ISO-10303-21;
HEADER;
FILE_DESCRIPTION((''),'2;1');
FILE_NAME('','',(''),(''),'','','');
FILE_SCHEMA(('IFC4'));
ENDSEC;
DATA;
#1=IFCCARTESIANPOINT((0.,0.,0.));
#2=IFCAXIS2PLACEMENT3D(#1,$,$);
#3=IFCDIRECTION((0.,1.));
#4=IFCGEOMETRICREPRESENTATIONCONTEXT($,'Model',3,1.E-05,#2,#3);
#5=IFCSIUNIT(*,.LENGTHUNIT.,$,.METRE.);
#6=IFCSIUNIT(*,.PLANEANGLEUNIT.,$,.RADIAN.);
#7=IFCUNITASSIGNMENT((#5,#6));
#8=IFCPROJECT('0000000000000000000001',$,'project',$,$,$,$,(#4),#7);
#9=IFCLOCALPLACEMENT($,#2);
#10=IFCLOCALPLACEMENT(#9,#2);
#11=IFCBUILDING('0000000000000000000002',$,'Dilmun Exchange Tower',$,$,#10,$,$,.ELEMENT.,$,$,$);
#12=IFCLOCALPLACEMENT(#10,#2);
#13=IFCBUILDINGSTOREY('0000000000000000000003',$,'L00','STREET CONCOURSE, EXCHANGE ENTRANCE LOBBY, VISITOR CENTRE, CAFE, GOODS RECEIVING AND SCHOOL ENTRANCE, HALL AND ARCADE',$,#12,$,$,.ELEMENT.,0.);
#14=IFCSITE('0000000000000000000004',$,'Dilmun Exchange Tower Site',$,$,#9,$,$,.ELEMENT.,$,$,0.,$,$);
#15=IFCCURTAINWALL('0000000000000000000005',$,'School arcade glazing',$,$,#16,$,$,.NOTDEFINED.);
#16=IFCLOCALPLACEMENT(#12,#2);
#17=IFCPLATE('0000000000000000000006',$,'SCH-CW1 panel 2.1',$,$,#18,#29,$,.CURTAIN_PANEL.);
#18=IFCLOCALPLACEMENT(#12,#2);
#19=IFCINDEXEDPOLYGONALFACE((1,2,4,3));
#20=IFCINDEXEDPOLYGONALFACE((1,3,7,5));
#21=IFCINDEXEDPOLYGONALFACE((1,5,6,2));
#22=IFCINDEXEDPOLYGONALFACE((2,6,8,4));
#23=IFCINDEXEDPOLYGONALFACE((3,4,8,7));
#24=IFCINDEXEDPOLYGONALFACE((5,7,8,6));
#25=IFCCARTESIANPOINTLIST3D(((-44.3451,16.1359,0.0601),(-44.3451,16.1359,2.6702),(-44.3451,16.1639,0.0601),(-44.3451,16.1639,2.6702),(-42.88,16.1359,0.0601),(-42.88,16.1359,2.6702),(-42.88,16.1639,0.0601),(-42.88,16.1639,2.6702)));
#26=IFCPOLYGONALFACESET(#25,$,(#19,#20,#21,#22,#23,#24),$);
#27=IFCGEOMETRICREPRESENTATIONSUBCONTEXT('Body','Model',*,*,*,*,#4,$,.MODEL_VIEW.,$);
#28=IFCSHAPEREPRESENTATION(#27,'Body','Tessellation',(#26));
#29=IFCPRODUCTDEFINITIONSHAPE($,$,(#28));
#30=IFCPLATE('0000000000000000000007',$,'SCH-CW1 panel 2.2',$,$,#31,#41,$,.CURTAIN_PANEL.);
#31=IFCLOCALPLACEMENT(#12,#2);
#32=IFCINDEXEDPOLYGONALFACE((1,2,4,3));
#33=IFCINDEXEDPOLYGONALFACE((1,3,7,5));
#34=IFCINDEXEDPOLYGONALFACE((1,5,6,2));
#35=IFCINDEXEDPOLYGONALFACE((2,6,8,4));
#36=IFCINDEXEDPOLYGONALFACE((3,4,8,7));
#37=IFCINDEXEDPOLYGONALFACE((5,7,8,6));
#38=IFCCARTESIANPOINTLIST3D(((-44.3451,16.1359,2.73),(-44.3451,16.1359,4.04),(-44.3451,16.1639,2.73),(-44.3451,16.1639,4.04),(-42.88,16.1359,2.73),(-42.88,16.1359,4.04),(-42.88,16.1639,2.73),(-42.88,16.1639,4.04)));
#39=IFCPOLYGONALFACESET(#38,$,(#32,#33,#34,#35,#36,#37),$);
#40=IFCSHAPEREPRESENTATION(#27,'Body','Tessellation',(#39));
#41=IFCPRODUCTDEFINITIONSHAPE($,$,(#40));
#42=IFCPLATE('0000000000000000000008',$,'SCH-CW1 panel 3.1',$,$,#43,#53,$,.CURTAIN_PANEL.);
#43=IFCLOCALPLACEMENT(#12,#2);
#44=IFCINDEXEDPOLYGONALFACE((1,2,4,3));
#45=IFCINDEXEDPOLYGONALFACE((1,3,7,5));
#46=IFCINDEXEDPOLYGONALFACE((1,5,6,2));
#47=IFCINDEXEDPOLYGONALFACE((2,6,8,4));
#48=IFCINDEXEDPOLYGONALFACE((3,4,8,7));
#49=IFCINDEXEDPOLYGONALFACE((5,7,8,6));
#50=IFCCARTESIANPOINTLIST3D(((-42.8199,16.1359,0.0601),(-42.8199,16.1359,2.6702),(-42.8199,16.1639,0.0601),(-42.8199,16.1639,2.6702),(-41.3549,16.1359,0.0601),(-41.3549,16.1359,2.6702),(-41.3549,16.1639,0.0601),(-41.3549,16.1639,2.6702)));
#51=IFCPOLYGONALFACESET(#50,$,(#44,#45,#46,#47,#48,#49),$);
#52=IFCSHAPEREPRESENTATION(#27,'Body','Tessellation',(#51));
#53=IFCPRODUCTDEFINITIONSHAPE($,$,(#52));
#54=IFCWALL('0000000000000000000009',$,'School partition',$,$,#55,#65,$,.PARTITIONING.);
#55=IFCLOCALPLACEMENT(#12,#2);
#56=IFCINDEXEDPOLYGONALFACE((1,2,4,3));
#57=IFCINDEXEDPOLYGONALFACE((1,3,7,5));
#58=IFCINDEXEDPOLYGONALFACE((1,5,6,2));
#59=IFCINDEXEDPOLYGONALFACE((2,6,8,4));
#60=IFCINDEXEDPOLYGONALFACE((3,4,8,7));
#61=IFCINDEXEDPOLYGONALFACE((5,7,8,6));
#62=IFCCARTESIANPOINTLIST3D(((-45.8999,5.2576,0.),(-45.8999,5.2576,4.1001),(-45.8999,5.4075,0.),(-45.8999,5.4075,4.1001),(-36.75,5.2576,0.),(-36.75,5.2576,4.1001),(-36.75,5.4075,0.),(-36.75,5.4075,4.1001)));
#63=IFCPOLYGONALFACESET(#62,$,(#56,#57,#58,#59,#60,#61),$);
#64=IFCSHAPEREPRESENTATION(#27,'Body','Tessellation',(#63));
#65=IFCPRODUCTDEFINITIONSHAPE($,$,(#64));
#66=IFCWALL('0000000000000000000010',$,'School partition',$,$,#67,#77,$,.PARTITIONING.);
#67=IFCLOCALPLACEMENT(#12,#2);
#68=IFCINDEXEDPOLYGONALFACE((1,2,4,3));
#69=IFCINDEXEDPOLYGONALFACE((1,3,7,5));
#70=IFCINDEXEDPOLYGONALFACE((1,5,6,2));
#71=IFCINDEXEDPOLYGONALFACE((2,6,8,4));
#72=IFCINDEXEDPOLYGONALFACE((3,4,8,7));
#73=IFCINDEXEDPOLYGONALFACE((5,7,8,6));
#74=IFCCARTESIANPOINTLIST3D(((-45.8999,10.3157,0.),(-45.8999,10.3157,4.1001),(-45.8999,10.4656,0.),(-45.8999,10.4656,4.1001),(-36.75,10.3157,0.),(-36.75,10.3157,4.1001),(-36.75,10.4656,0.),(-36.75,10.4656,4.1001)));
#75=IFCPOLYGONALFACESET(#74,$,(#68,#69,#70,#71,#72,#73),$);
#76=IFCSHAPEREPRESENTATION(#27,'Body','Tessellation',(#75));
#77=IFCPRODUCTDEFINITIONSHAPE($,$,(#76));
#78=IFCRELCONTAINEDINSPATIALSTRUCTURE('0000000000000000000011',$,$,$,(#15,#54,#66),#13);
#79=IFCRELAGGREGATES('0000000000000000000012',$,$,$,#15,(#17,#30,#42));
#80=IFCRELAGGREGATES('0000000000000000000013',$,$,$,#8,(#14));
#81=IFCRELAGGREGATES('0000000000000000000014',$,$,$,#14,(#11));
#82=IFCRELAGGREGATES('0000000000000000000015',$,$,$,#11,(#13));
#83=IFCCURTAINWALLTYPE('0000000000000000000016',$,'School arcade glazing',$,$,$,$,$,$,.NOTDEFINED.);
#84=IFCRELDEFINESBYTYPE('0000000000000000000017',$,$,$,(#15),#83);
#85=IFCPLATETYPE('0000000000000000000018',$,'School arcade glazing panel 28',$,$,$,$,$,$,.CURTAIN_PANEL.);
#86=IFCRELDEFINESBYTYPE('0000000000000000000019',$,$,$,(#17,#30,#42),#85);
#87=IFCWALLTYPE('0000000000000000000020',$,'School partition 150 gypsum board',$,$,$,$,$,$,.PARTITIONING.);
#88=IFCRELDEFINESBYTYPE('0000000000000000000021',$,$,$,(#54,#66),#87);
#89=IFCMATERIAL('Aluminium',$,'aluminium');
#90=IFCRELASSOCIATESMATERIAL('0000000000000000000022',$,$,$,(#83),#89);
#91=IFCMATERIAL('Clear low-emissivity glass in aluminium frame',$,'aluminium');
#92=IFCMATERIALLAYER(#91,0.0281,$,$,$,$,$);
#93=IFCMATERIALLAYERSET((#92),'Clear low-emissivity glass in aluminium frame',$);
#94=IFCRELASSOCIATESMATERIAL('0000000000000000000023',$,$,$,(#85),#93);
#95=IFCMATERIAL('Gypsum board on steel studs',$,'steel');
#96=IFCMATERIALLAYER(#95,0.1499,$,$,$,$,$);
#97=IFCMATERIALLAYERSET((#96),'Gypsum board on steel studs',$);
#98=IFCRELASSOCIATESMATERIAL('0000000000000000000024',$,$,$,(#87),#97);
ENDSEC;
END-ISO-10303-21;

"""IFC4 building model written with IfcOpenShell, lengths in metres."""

from ifc_helpers import new_model, si_unit, direction, frame, frame_2d, origin, origin_2d, place, context, subcontext, project, spatial, rectangle, extrude, material, layer, layer_set, type_object, element, aggregate, save


model = new_model("IFC4")

# Units and contexts
model_context = context("Model", 3, precision=1e-05, world=origin(), true_north=direction((0.0, 1.0)))
body_context = subcontext(model_context, "Body", "Model", "MODEL_VIEW")
ifc_project = project(units=[si_unit("LENGTHUNIT", "METRE"), si_unit("PLANEANGLEUNIT", "RADIAN")], contexts=[model_context])

# Site, building, storey
site_placement = place(None, origin())
site = spatial("IfcSite", under=ifc_project, at=site_placement, Name="Dilmun Exchange Tower Site", CompositionType="ELEMENT", RefElevation=0.0)
building_placement = place(site_placement, origin())
building = spatial("IfcBuilding", under=site, at=building_placement, Name="Dilmun Exchange Tower", CompositionType="ELEMENT")
storey_placement = place(building_placement, origin())
storey = spatial("IfcBuildingStorey", under=building, at=storey_placement, Name="L00", Description="STREET CONCOURSE, EXCHANGE ENTRANCE LOBBY, VISITOR CENTRE, CAFE, GOODS RECEIVING AND SCHOOL ENTRANCE, HALL AND ARCADE", CompositionType="ELEMENT", Elevation=0.0)

# Curtain wall, plates
ifc_material_1 = material(Name="Aluminium", Category="aluminium")
curtain_wall_type = type_object("IfcCurtainWallType", Name="School arcade glazing", PredefinedType="NOTDEFINED", material=ifc_material_1)
curtain_wall_placement = place(storey_placement, origin())
curtain_wall = element("IfcCurtainWall", 1, at=curtain_wall_placement, inside=storey, type_object=curtain_wall_type, Name="School arcade glazing", PredefinedType="NOTDEFINED")
ifc_material_2 = material(Name="Clear low-emissivity glass in aluminium frame", Category="aluminium")
ifc_layer_1 = layer(ifc_material_2, 0.0281)
ifc_layer_set_1 = layer_set([ifc_layer_1], Name="Clear low-emissivity glass in aluminium frame")
plate_type = type_object("IfcPlateType", Name="School arcade glazing panel 28", PredefinedType="CURTAIN_PANEL", material=ifc_layer_set_1)
plate_1_placement = place(storey_placement, frame((-43.6125, 16.1499, 0.0601), z_axis=(0.0, 0.0, 1.0), x_axis=(1.0, 0.0, 0.0)))
plate_1 = element("IfcPlate", 2, at=plate_1_placement, type_object=plate_type, Name="SCH-CW1 panel 2.1", PredefinedType="CURTAIN_PANEL", context=body_context, shape_type="SweptSolid", body=[
    extrude(rectangle(XDim=1.4651, YDim=0.0281, at=origin_2d()), origin(), (0.0, 0.0, 1.0), 2.6101),
])
plate_2_placement = place(storey_placement, frame((-43.6125, 16.1499, 2.73), z_axis=(0.0, 0.0, 1.0), x_axis=(1.0, 0.0, 0.0)))
plate_2 = element("IfcPlate", 3, at=plate_2_placement, type_object=plate_type, Name="SCH-CW1 panel 2.2", PredefinedType="CURTAIN_PANEL", context=body_context, shape_type="SweptSolid", body=[
    extrude(rectangle(XDim=1.4651, YDim=0.0281, at=origin_2d()), origin(), (0.0, 0.0, 1.0), 1.3101),
])
plate_3_placement = place(storey_placement, frame((-42.0874, 16.1499, 0.0601), z_axis=(0.0, 0.0, 1.0), x_axis=(1.0, 0.0, 0.0)))
plate_3 = element("IfcPlate", 4, at=plate_3_placement, type_object=plate_type, Name="SCH-CW1 panel 3.1", PredefinedType="CURTAIN_PANEL", context=body_context, shape_type="SweptSolid", body=[
    extrude(rectangle(XDim=1.4651, YDim=0.0281, at=origin_2d()), origin(), (0.0, 0.0, 1.0), 2.6101),
])
aggregate(curtain_wall, [plate_1, plate_2, plate_3])

# Walls
ifc_material_3 = material(Name="Gypsum board on steel studs", Category="steel")
ifc_layer_2 = layer(ifc_material_3, 0.1499)
ifc_layer_set_2 = layer_set([ifc_layer_2], Name="Gypsum board on steel studs")
wall_type = type_object("IfcWallType", Name="School partition 150 gypsum board", PredefinedType="PARTITIONING", material=ifc_layer_set_2)
for number, where, z_axis, x_axis, name in (
    (5, (-45.8999, 5.3325, 0.0), (0.0, 0.0, 1.0), (1.0, 0.0, 0.0), "School partition"),
    (6, (-45.8999, 10.3906, 0.0), (0.0, 0.0, 1.0), (1.0, 0.0, 0.0), "School partition"),
):
    element("IfcWall", number, at=place(storey_placement, frame(where, z_axis=z_axis, x_axis=x_axis)), inside=storey, type_object=wall_type, Name=name, PredefinedType="PARTITIONING", context=body_context, shape_type="SweptSolid", body=[
        extrude(rectangle(XDim=9.1499, YDim=0.1499, at=frame_2d((4.575, 0.0))), origin(), (0.0, 0.0, 1.0), 4.1001),
    ])

save(model, "model.ifc")
